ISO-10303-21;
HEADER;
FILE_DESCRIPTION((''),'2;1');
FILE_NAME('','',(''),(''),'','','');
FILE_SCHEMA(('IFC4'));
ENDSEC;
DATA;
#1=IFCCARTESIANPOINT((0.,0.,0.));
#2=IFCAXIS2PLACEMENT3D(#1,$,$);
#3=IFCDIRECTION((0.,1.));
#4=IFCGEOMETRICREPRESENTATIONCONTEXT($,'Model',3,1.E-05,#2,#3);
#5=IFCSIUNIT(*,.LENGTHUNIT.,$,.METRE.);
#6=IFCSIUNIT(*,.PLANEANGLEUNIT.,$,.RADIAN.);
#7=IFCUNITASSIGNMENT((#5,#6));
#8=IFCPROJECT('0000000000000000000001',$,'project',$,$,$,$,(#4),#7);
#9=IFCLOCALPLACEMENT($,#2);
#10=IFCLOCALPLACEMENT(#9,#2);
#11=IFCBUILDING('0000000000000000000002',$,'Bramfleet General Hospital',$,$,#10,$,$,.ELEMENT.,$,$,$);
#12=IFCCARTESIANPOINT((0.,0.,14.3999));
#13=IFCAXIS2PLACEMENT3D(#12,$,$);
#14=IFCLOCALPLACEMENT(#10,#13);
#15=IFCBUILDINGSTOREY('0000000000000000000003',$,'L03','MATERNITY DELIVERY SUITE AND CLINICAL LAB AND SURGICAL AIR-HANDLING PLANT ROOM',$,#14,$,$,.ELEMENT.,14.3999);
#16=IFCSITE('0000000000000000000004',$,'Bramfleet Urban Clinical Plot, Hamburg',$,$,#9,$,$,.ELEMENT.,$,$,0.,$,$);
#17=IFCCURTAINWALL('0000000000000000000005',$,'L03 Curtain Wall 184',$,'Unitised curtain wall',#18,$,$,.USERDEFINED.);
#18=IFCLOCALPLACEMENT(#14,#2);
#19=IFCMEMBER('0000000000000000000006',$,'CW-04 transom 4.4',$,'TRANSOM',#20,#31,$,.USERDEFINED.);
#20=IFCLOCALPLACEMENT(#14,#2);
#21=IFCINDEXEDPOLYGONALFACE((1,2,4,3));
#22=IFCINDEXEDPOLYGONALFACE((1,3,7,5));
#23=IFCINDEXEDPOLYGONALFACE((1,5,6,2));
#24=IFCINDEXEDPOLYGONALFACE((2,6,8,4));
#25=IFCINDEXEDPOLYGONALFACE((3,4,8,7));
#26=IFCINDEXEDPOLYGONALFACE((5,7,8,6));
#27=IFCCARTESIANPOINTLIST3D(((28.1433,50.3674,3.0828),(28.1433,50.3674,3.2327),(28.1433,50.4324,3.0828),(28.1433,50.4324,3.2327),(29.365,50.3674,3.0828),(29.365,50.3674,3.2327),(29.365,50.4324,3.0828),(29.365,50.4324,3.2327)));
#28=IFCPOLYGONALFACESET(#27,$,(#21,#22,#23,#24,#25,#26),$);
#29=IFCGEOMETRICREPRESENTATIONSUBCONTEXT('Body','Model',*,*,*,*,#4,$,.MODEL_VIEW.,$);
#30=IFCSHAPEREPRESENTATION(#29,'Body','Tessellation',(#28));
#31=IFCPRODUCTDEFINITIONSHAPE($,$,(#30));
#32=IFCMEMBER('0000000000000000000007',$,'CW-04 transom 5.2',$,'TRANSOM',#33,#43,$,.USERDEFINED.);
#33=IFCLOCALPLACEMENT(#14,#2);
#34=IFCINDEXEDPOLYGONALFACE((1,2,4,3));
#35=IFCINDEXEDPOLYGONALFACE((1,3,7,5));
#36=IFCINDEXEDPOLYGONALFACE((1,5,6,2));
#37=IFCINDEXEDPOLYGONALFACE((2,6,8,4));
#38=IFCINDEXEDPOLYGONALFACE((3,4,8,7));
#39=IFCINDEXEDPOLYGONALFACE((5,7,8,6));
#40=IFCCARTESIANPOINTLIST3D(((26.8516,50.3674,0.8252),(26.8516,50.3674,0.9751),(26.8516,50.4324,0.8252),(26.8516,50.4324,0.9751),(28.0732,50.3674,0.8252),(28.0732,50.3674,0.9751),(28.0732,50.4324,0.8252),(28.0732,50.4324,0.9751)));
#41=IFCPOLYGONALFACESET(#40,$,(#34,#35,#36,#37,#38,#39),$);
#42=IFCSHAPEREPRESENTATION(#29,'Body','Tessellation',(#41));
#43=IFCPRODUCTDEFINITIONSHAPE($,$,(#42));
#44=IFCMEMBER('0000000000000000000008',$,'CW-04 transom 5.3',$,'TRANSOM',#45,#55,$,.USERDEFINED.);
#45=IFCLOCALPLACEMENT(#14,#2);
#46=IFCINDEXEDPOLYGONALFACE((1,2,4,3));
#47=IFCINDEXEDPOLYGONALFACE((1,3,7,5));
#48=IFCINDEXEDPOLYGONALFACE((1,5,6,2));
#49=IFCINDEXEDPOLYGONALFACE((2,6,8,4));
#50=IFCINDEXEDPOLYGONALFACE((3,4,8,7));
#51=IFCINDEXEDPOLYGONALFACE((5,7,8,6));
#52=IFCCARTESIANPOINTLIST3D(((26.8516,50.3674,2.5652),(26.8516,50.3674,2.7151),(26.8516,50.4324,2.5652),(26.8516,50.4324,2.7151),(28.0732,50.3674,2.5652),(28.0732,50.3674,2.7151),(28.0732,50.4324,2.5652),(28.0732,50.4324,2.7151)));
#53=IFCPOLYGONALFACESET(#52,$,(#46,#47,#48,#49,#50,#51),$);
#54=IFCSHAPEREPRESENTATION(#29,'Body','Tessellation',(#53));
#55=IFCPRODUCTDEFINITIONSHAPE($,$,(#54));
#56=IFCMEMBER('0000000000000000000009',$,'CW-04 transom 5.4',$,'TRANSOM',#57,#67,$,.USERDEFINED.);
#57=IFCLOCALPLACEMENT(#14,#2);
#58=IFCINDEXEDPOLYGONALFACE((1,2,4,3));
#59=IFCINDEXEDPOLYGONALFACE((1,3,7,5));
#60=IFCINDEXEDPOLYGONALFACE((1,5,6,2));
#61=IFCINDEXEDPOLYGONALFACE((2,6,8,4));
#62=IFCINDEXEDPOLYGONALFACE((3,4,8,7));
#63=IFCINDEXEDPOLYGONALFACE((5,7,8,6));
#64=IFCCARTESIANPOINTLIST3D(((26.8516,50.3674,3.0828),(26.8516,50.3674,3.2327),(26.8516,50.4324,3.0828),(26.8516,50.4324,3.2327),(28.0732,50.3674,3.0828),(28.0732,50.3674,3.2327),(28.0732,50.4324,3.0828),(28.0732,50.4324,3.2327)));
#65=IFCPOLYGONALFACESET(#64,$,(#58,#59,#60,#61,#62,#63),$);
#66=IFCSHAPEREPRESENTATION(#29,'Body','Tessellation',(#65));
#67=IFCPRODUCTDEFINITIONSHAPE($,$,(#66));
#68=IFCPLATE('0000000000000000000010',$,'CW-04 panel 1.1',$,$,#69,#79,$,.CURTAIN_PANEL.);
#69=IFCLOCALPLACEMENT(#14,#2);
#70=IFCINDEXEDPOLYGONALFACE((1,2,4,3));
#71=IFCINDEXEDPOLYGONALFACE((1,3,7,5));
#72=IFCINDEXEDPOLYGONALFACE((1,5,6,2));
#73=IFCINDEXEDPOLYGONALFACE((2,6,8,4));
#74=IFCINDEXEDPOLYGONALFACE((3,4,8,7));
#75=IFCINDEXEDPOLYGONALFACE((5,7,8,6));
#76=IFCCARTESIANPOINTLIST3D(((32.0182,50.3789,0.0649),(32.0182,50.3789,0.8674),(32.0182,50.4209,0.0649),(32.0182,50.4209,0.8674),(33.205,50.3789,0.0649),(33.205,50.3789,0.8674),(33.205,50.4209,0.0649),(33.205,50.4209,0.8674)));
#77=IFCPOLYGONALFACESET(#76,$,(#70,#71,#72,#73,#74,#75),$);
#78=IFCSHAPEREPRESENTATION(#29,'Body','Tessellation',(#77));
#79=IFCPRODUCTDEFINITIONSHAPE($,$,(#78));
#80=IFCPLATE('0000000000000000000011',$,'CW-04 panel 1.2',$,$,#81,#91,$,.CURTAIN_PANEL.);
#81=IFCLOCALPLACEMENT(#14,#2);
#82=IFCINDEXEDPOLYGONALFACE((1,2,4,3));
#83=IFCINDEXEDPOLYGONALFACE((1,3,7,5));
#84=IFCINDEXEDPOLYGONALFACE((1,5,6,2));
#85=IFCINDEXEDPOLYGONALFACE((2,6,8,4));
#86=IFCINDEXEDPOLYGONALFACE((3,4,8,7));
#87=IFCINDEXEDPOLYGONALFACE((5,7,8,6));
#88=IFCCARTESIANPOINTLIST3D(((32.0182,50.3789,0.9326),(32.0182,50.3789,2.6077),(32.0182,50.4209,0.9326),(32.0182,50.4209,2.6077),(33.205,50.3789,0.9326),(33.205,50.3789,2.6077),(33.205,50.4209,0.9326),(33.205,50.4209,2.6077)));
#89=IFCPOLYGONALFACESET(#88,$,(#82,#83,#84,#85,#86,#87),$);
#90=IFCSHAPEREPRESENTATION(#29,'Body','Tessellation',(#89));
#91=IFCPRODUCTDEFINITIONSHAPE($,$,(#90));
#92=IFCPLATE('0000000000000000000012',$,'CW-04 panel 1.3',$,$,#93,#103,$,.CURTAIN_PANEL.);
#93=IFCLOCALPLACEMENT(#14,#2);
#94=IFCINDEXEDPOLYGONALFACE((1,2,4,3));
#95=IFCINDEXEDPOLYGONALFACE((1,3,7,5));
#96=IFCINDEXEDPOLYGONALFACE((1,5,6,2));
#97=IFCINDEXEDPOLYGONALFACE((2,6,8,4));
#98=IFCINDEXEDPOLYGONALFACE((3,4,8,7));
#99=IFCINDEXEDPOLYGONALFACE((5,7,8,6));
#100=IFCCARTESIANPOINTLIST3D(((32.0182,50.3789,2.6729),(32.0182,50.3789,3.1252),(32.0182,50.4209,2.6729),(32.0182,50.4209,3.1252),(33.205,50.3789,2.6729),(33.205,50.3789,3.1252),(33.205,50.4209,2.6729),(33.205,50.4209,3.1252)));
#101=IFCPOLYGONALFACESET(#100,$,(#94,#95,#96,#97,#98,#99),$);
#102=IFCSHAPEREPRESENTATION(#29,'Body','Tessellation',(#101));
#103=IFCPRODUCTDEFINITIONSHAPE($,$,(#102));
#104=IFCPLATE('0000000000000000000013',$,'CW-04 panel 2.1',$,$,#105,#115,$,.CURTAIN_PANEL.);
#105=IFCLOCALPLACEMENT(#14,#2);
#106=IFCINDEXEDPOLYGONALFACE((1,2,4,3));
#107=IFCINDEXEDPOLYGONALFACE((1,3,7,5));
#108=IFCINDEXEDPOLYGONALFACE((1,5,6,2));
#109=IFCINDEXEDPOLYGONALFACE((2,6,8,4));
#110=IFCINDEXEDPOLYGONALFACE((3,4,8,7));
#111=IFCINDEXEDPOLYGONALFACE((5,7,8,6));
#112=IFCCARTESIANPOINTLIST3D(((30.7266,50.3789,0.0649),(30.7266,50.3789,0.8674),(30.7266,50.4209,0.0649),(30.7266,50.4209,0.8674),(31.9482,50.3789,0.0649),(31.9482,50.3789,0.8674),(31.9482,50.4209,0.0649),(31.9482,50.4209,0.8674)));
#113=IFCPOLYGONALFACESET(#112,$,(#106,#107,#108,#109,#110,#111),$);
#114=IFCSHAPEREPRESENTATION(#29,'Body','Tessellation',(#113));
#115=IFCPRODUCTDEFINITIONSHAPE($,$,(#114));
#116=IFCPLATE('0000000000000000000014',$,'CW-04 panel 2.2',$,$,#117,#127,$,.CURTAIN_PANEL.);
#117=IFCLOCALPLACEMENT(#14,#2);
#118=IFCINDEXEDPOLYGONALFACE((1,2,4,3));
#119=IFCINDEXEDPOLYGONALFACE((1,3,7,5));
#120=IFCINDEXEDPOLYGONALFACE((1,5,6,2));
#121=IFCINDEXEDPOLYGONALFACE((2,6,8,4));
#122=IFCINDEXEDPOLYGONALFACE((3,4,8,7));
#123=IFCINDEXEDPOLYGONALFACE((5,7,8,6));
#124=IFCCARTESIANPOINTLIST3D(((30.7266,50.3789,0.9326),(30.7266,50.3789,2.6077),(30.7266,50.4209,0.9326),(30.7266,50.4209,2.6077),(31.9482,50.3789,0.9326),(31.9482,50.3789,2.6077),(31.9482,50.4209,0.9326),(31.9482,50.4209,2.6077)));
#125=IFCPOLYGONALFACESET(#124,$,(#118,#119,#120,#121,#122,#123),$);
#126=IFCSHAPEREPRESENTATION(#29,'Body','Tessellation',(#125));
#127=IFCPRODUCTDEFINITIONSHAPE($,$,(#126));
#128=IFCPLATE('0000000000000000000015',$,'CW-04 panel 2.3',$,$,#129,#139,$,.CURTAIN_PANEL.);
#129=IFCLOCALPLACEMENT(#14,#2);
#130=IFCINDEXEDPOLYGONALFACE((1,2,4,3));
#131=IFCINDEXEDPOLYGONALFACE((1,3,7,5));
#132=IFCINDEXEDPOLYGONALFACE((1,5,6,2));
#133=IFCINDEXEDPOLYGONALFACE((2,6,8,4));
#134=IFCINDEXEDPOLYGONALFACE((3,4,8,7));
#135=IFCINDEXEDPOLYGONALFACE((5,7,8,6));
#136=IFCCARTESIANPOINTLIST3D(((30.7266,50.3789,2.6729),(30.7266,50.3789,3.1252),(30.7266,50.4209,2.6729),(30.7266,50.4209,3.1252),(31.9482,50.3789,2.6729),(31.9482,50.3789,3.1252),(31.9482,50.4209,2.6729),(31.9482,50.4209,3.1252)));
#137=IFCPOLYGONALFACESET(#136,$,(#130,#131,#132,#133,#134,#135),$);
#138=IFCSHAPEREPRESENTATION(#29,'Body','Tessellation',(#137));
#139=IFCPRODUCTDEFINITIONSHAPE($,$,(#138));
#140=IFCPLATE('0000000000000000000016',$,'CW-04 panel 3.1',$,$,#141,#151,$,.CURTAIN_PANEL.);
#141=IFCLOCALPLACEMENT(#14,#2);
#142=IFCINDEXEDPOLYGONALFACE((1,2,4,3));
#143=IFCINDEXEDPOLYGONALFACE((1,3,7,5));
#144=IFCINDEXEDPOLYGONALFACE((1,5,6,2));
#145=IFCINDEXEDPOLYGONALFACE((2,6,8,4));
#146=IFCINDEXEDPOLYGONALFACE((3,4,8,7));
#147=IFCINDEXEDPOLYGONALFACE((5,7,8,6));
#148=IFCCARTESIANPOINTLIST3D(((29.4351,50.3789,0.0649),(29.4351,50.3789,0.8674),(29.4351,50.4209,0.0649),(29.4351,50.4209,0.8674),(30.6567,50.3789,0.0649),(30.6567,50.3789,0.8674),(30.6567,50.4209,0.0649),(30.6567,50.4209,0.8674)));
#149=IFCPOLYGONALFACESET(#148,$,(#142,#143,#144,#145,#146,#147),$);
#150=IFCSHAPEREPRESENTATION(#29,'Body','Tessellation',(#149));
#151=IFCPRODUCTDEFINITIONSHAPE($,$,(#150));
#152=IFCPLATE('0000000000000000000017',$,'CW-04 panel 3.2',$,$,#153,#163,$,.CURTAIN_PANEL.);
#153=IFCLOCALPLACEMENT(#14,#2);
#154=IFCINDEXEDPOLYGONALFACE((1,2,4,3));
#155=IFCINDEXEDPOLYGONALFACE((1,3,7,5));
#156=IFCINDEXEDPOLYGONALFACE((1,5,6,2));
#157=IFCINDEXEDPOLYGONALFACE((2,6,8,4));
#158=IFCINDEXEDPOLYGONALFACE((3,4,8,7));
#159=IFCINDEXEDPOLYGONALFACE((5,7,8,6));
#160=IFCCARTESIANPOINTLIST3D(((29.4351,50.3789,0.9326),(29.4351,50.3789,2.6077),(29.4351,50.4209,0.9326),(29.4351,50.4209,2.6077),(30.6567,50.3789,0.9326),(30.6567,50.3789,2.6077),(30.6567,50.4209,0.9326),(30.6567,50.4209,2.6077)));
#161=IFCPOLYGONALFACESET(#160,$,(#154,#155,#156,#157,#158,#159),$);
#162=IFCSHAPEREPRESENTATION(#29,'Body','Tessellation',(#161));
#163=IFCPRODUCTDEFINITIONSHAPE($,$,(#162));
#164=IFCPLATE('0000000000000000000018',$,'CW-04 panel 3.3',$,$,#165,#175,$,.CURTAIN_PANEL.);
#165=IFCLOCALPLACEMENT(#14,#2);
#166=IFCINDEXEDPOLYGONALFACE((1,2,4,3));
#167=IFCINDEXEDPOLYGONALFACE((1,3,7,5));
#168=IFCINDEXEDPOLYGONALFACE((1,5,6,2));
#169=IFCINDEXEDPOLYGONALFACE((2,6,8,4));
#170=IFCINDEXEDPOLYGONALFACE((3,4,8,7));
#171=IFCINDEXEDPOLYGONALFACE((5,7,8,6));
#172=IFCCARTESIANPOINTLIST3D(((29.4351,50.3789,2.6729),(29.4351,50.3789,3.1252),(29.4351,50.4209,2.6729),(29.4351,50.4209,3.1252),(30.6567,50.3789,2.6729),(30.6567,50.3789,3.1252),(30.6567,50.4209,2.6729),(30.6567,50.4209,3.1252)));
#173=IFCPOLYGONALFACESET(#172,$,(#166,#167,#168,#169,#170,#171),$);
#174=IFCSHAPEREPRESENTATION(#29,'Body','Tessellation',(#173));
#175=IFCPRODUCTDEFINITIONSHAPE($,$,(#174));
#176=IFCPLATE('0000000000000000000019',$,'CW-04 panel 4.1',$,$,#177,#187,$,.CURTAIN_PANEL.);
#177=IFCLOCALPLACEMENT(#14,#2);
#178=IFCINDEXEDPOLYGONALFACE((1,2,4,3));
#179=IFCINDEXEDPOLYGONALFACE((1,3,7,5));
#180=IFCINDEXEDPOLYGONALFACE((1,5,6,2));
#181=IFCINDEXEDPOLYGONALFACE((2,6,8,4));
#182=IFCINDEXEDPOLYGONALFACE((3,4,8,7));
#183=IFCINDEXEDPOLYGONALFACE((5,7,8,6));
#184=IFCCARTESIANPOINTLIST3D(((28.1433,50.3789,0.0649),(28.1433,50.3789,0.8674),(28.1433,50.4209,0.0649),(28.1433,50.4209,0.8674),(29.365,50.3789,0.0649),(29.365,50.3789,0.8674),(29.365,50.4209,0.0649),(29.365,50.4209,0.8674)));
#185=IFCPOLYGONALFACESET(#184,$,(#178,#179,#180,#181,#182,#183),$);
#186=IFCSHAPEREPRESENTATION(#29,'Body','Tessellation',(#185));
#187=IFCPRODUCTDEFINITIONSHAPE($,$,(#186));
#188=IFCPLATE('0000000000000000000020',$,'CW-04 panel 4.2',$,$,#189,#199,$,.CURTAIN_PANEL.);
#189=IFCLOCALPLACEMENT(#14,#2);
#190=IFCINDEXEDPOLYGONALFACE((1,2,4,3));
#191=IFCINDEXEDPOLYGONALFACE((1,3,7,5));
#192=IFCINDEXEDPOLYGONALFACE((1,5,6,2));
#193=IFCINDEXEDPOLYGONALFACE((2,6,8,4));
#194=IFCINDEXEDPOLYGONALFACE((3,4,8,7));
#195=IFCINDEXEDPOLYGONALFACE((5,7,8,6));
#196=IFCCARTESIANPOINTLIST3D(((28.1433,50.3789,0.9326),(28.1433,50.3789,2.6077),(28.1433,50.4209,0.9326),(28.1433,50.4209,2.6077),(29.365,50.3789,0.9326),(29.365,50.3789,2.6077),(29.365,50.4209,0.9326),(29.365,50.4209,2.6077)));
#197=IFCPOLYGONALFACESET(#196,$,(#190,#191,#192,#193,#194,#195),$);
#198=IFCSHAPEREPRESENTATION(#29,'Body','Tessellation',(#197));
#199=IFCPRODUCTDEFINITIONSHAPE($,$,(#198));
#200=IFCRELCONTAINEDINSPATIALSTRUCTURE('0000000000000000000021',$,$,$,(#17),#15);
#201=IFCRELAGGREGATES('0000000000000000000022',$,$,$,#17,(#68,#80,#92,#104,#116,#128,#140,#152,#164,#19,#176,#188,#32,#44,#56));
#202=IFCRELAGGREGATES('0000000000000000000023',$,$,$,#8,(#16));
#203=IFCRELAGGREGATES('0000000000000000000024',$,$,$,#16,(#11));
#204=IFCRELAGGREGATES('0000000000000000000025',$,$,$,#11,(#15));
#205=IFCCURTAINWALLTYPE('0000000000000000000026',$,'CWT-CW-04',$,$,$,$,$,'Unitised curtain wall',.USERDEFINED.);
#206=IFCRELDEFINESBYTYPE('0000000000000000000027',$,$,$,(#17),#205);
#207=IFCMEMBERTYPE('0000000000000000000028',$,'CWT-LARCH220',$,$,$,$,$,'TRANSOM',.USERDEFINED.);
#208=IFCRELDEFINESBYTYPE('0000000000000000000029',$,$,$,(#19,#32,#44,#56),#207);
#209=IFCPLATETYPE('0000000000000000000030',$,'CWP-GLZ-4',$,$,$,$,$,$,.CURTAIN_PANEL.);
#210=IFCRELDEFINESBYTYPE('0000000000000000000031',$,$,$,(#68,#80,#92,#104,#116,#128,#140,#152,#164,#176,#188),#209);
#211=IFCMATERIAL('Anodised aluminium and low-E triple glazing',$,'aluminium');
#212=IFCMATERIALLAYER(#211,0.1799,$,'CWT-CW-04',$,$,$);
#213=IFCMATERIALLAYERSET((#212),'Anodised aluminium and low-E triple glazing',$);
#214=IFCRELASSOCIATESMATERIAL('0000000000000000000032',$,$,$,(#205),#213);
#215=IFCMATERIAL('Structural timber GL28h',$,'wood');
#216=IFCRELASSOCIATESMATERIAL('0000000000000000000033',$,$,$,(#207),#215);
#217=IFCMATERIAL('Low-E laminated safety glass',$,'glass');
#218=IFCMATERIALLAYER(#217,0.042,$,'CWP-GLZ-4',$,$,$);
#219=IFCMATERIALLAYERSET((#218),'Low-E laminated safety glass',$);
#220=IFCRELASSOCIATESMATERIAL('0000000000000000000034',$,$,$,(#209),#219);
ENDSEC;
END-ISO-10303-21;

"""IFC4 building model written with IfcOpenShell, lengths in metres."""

from ifc_helpers import new_model, si_unit, direction, frame, origin, origin_2d, place, context, subcontext, project, spatial, rectangle, extrude, material, layer, layer_set, material_profile, profile_set, type_object, element, aggregate, save


model = new_model("IFC4")

# Units and contexts
model_context = context("Model", 3, precision=1e-05, world=origin(), true_north=direction((0.0, 1.0)))
body_context = subcontext(model_context, "Body", "Model", "MODEL_VIEW")
ifc_project = project(units=[si_unit("LENGTHUNIT", "METRE"), si_unit("PLANEANGLEUNIT", "RADIAN")], contexts=[model_context])

# Site, building, storey
site_placement = place(None, origin())
site = spatial("IfcSite", under=ifc_project, at=site_placement, Name="Bramfleet Urban Clinical Plot, Hamburg", CompositionType="ELEMENT", RefElevation=0.0)
building_placement = place(site_placement, origin())
building = spatial("IfcBuilding", under=site, at=building_placement, Name="Bramfleet General Hospital", CompositionType="ELEMENT")
storey_placement = place(building_placement, frame((0.0, 0.0, 14.3999)))
storey = spatial("IfcBuildingStorey", under=building, at=storey_placement, Name="L03", Description="MATERNITY DELIVERY SUITE AND CLINICAL LAB AND SURGICAL AIR-HANDLING PLANT ROOM", CompositionType="ELEMENT", Elevation=14.3999)

# Curtain wall, members, plates
ifc_material_1 = material(Name="Anodised aluminium and low-E triple glazing", Category="aluminium")
ifc_layer_1 = layer(ifc_material_1, 0.1799, Name="CWT-CW-04")
ifc_layer_set_1 = layer_set([ifc_layer_1], Name="Anodised aluminium and low-E triple glazing")
curtain_wall_type = type_object("IfcCurtainWallType", Name="CWT-CW-04", ElementType="Unitised curtain wall", PredefinedType="USERDEFINED", material=ifc_layer_set_1)
curtain_wall_placement = place(storey_placement, origin())
curtain_wall = element("IfcCurtainWall", 1, at=curtain_wall_placement, inside=storey, type_object=curtain_wall_type, Name="L03 Curtain Wall 184", ObjectType="Unitised curtain wall", PredefinedType="USERDEFINED")
ifc_material_2 = material(Name="Structural timber GL28h", Category="wood")
ifc_material_profile_1 = material_profile(ifc_material_2, rectangle(XDim=0.0649, YDim=0.1499, at=origin_2d()), Name="LARCH 150x65")
ifc_profile_set_1 = profile_set([ifc_material_profile_1], Name="Structural timber GL28h")
member_type_1 = type_object("IfcMemberType", Name="CWT-LARCH220", ElementType="TRANSOM", PredefinedType="USERDEFINED", material=ifc_profile_set_1)
member_1_placement = place(storey_placement, frame((29.365, 50.3999, 3.1577), z_axis=(-1.0, 0.0, 0.0), x_axis=(0.0, -1.0, 0.0)))
member_1 = element("IfcMember", 2, at=member_1_placement, type_object=member_type_1, Name="CW-04 transom 4.4", ObjectType="TRANSOM", PredefinedType="USERDEFINED", context=body_context, shape_type="SweptSolid", body=[
    extrude(rectangle(XDim=0.0649, YDim=0.1499, at=origin_2d()), origin(), (0.0, 0.0, 1.0), 1.2217),
])
member_2_placement = place(storey_placement, frame((28.0732, 50.3999, 0.9001), z_axis=(-1.0, 0.0, 0.0), x_axis=(0.0, -1.0, 0.0)))
member_2 = element("IfcMember", 3, at=member_2_placement, type_object=member_type_1, Name="CW-04 transom 5.2", ObjectType="TRANSOM", PredefinedType="USERDEFINED", context=body_context, shape_type="SweptSolid", body=[
    extrude(rectangle(XDim=0.0649, YDim=0.1499, at=origin_2d()), origin(), (0.0, 0.0, 1.0), 1.2217),
])
member_3_placement = place(storey_placement, frame((28.0732, 50.3999, 2.6401), z_axis=(-1.0, 0.0, 0.0), x_axis=(0.0, -1.0, 0.0)))
member_3 = element("IfcMember", 4, at=member_3_placement, type_object=member_type_1, Name="CW-04 transom 5.3", ObjectType="TRANSOM", PredefinedType="USERDEFINED", context=body_context, shape_type="SweptSolid", body=[
    extrude(rectangle(XDim=0.0649, YDim=0.1499, at=origin_2d()), origin(), (0.0, 0.0, 1.0), 1.2217),
])
member_4_placement = place(storey_placement, frame((28.0732, 50.3999, 3.1577), z_axis=(-1.0, 0.0, 0.0), x_axis=(0.0, -1.0, 0.0)))
member_4 = element("IfcMember", 5, at=member_4_placement, type_object=member_type_1, Name="CW-04 transom 5.4", ObjectType="TRANSOM", PredefinedType="USERDEFINED", context=body_context, shape_type="SweptSolid", body=[
    extrude(rectangle(XDim=0.0649, YDim=0.1499, at=origin_2d()), origin(), (0.0, 0.0, 1.0), 1.2217),
])
ifc_material_3 = material(Name="Low-E laminated safety glass", Category="glass")
ifc_layer_2 = layer(ifc_material_3, 0.042, Name="CWP-GLZ-4")
ifc_layer_set_2 = layer_set([ifc_layer_2], Name="Low-E laminated safety glass")
plate_type = type_object("IfcPlateType", Name="CWP-GLZ-4", PredefinedType="CURTAIN_PANEL", material=ifc_layer_set_2)
plate_1_placement = place(storey_placement, frame((32.6116, 50.3999, 0.0649), z_axis=(0.0, 0.0, 1.0), x_axis=(-1.0, 0.0, 0.0)))
plate_1 = element("IfcPlate", 6, at=plate_1_placement, type_object=plate_type, Name="CW-04 panel 1.1", PredefinedType="CURTAIN_PANEL", context=body_context, shape_type="SweptSolid", body=[
    extrude(rectangle(XDim=1.1868, YDim=0.042, at=origin_2d()), origin(), (0.0, 0.0, 1.0), 0.8025),
])
plate_2_placement = place(storey_placement, frame((32.6116, 50.3999, 0.9326), z_axis=(0.0, 0.0, 1.0), x_axis=(-1.0, 0.0, 0.0)))
plate_2 = element("IfcPlate", 7, at=plate_2_placement, type_object=plate_type, Name="CW-04 panel 1.2", PredefinedType="CURTAIN_PANEL", context=body_context, shape_type="SweptSolid", body=[
    extrude(rectangle(XDim=1.1868, YDim=0.042, at=origin_2d()), origin(), (0.0, 0.0, 1.0), 1.675),
])
plate_3_placement = place(storey_placement, frame((32.6116, 50.3999, 2.6729), z_axis=(0.0, 0.0, 1.0), x_axis=(-1.0, 0.0, 0.0)))
plate_3 = element("IfcPlate", 8, at=plate_3_placement, type_object=plate_type, Name="CW-04 panel 1.3", PredefinedType="CURTAIN_PANEL", context=body_context, shape_type="SweptSolid", body=[
    extrude(rectangle(XDim=1.1868, YDim=0.042, at=origin_2d()), origin(), (0.0, 0.0, 1.0), 0.4524),
])
plate_4_placement = place(storey_placement, frame((31.3374, 50.3999, 0.0649), z_axis=(0.0, 0.0, 1.0), x_axis=(-1.0, 0.0, 0.0)))
plate_4 = element("IfcPlate", 9, at=plate_4_placement, type_object=plate_type, Name="CW-04 panel 2.1", PredefinedType="CURTAIN_PANEL", context=body_context, shape_type="SweptSolid", body=[
    extrude(rectangle(XDim=1.2217, YDim=0.042, at=origin_2d()), origin(), (0.0, 0.0, 1.0), 0.8025),
])
plate_5_placement = place(storey_placement, frame((31.3374, 50.3999, 0.9326), z_axis=(0.0, 0.0, 1.0), x_axis=(-1.0, 0.0, 0.0)))
plate_5 = element("IfcPlate", 10, at=plate_5_placement, type_object=plate_type, Name="CW-04 panel 2.2", PredefinedType="CURTAIN_PANEL", context=body_context, shape_type="SweptSolid", body=[
    extrude(rectangle(XDim=1.2217, YDim=0.042, at=origin_2d()), origin(), (0.0, 0.0, 1.0), 1.675),
])
plate_6_placement = place(storey_placement, frame((31.3374, 50.3999, 2.6729), z_axis=(0.0, 0.0, 1.0), x_axis=(-1.0, 0.0, 0.0)))
plate_6 = element("IfcPlate", 11, at=plate_6_placement, type_object=plate_type, Name="CW-04 panel 2.3", PredefinedType="CURTAIN_PANEL", context=body_context, shape_type="SweptSolid", body=[
    extrude(rectangle(XDim=1.2217, YDim=0.042, at=origin_2d()), origin(), (0.0, 0.0, 1.0), 0.4524),
])
plate_7_placement = place(storey_placement, frame((30.0459, 50.3999, 0.0649), z_axis=(0.0, 0.0, 1.0), x_axis=(-1.0, 0.0, 0.0)))
plate_7 = element("IfcPlate", 12, at=plate_7_placement, type_object=plate_type, Name="CW-04 panel 3.1", PredefinedType="CURTAIN_PANEL", context=body_context, shape_type="SweptSolid", body=[
    extrude(rectangle(XDim=1.2217, YDim=0.042, at=origin_2d()), origin(), (0.0, 0.0, 1.0), 0.8025),
])
plate_8_placement = place(storey_placement, frame((30.0459, 50.3999, 0.9326), z_axis=(0.0, 0.0, 1.0), x_axis=(-1.0, 0.0, 0.0)))
plate_8 = element("IfcPlate", 13, at=plate_8_placement, type_object=plate_type, Name="CW-04 panel 3.2", PredefinedType="CURTAIN_PANEL", context=body_context, shape_type="SweptSolid", body=[
    extrude(rectangle(XDim=1.2217, YDim=0.042, at=origin_2d()), origin(), (0.0, 0.0, 1.0), 1.675),
])
plate_9_placement = place(storey_placement, frame((30.0459, 50.3999, 2.6729), z_axis=(0.0, 0.0, 1.0), x_axis=(-1.0, 0.0, 0.0)))
plate_9 = element("IfcPlate", 14, at=plate_9_placement, type_object=plate_type, Name="CW-04 panel 3.3", PredefinedType="CURTAIN_PANEL", context=body_context, shape_type="SweptSolid", body=[
    extrude(rectangle(XDim=1.2217, YDim=0.042, at=origin_2d()), origin(), (0.0, 0.0, 1.0), 0.4524),
])
plate_10_placement = place(storey_placement, frame((28.7542, 50.3999, 0.0649), z_axis=(0.0, 0.0, 1.0), x_axis=(-1.0, 0.0, 0.0)))
plate_10 = element("IfcPlate", 15, at=plate_10_placement, type_object=plate_type, Name="CW-04 panel 4.1", PredefinedType="CURTAIN_PANEL", context=body_context, shape_type="SweptSolid", body=[
    extrude(rectangle(XDim=1.2217, YDim=0.042, at=origin_2d()), origin(), (0.0, 0.0, 1.0), 0.8025),
])
plate_11_placement = place(storey_placement, frame((28.7542, 50.3999, 0.9326), z_axis=(0.0, 0.0, 1.0), x_axis=(-1.0, 0.0, 0.0)))
plate_11 = element("IfcPlate", 16, at=plate_11_placement, type_object=plate_type, Name="CW-04 panel 4.2", PredefinedType="CURTAIN_PANEL", context=body_context, shape_type="SweptSolid", body=[
    extrude(rectangle(XDim=1.2217, YDim=0.042, at=origin_2d()), origin(), (0.0, 0.0, 1.0), 1.675),
])
aggregate(curtain_wall, [plate_1, plate_2, plate_3, plate_4, plate_5, plate_6, plate_7, plate_8, plate_9, member_1, plate_10, plate_11, member_2, member_3, member_4])

save(model, "model.ifc")
